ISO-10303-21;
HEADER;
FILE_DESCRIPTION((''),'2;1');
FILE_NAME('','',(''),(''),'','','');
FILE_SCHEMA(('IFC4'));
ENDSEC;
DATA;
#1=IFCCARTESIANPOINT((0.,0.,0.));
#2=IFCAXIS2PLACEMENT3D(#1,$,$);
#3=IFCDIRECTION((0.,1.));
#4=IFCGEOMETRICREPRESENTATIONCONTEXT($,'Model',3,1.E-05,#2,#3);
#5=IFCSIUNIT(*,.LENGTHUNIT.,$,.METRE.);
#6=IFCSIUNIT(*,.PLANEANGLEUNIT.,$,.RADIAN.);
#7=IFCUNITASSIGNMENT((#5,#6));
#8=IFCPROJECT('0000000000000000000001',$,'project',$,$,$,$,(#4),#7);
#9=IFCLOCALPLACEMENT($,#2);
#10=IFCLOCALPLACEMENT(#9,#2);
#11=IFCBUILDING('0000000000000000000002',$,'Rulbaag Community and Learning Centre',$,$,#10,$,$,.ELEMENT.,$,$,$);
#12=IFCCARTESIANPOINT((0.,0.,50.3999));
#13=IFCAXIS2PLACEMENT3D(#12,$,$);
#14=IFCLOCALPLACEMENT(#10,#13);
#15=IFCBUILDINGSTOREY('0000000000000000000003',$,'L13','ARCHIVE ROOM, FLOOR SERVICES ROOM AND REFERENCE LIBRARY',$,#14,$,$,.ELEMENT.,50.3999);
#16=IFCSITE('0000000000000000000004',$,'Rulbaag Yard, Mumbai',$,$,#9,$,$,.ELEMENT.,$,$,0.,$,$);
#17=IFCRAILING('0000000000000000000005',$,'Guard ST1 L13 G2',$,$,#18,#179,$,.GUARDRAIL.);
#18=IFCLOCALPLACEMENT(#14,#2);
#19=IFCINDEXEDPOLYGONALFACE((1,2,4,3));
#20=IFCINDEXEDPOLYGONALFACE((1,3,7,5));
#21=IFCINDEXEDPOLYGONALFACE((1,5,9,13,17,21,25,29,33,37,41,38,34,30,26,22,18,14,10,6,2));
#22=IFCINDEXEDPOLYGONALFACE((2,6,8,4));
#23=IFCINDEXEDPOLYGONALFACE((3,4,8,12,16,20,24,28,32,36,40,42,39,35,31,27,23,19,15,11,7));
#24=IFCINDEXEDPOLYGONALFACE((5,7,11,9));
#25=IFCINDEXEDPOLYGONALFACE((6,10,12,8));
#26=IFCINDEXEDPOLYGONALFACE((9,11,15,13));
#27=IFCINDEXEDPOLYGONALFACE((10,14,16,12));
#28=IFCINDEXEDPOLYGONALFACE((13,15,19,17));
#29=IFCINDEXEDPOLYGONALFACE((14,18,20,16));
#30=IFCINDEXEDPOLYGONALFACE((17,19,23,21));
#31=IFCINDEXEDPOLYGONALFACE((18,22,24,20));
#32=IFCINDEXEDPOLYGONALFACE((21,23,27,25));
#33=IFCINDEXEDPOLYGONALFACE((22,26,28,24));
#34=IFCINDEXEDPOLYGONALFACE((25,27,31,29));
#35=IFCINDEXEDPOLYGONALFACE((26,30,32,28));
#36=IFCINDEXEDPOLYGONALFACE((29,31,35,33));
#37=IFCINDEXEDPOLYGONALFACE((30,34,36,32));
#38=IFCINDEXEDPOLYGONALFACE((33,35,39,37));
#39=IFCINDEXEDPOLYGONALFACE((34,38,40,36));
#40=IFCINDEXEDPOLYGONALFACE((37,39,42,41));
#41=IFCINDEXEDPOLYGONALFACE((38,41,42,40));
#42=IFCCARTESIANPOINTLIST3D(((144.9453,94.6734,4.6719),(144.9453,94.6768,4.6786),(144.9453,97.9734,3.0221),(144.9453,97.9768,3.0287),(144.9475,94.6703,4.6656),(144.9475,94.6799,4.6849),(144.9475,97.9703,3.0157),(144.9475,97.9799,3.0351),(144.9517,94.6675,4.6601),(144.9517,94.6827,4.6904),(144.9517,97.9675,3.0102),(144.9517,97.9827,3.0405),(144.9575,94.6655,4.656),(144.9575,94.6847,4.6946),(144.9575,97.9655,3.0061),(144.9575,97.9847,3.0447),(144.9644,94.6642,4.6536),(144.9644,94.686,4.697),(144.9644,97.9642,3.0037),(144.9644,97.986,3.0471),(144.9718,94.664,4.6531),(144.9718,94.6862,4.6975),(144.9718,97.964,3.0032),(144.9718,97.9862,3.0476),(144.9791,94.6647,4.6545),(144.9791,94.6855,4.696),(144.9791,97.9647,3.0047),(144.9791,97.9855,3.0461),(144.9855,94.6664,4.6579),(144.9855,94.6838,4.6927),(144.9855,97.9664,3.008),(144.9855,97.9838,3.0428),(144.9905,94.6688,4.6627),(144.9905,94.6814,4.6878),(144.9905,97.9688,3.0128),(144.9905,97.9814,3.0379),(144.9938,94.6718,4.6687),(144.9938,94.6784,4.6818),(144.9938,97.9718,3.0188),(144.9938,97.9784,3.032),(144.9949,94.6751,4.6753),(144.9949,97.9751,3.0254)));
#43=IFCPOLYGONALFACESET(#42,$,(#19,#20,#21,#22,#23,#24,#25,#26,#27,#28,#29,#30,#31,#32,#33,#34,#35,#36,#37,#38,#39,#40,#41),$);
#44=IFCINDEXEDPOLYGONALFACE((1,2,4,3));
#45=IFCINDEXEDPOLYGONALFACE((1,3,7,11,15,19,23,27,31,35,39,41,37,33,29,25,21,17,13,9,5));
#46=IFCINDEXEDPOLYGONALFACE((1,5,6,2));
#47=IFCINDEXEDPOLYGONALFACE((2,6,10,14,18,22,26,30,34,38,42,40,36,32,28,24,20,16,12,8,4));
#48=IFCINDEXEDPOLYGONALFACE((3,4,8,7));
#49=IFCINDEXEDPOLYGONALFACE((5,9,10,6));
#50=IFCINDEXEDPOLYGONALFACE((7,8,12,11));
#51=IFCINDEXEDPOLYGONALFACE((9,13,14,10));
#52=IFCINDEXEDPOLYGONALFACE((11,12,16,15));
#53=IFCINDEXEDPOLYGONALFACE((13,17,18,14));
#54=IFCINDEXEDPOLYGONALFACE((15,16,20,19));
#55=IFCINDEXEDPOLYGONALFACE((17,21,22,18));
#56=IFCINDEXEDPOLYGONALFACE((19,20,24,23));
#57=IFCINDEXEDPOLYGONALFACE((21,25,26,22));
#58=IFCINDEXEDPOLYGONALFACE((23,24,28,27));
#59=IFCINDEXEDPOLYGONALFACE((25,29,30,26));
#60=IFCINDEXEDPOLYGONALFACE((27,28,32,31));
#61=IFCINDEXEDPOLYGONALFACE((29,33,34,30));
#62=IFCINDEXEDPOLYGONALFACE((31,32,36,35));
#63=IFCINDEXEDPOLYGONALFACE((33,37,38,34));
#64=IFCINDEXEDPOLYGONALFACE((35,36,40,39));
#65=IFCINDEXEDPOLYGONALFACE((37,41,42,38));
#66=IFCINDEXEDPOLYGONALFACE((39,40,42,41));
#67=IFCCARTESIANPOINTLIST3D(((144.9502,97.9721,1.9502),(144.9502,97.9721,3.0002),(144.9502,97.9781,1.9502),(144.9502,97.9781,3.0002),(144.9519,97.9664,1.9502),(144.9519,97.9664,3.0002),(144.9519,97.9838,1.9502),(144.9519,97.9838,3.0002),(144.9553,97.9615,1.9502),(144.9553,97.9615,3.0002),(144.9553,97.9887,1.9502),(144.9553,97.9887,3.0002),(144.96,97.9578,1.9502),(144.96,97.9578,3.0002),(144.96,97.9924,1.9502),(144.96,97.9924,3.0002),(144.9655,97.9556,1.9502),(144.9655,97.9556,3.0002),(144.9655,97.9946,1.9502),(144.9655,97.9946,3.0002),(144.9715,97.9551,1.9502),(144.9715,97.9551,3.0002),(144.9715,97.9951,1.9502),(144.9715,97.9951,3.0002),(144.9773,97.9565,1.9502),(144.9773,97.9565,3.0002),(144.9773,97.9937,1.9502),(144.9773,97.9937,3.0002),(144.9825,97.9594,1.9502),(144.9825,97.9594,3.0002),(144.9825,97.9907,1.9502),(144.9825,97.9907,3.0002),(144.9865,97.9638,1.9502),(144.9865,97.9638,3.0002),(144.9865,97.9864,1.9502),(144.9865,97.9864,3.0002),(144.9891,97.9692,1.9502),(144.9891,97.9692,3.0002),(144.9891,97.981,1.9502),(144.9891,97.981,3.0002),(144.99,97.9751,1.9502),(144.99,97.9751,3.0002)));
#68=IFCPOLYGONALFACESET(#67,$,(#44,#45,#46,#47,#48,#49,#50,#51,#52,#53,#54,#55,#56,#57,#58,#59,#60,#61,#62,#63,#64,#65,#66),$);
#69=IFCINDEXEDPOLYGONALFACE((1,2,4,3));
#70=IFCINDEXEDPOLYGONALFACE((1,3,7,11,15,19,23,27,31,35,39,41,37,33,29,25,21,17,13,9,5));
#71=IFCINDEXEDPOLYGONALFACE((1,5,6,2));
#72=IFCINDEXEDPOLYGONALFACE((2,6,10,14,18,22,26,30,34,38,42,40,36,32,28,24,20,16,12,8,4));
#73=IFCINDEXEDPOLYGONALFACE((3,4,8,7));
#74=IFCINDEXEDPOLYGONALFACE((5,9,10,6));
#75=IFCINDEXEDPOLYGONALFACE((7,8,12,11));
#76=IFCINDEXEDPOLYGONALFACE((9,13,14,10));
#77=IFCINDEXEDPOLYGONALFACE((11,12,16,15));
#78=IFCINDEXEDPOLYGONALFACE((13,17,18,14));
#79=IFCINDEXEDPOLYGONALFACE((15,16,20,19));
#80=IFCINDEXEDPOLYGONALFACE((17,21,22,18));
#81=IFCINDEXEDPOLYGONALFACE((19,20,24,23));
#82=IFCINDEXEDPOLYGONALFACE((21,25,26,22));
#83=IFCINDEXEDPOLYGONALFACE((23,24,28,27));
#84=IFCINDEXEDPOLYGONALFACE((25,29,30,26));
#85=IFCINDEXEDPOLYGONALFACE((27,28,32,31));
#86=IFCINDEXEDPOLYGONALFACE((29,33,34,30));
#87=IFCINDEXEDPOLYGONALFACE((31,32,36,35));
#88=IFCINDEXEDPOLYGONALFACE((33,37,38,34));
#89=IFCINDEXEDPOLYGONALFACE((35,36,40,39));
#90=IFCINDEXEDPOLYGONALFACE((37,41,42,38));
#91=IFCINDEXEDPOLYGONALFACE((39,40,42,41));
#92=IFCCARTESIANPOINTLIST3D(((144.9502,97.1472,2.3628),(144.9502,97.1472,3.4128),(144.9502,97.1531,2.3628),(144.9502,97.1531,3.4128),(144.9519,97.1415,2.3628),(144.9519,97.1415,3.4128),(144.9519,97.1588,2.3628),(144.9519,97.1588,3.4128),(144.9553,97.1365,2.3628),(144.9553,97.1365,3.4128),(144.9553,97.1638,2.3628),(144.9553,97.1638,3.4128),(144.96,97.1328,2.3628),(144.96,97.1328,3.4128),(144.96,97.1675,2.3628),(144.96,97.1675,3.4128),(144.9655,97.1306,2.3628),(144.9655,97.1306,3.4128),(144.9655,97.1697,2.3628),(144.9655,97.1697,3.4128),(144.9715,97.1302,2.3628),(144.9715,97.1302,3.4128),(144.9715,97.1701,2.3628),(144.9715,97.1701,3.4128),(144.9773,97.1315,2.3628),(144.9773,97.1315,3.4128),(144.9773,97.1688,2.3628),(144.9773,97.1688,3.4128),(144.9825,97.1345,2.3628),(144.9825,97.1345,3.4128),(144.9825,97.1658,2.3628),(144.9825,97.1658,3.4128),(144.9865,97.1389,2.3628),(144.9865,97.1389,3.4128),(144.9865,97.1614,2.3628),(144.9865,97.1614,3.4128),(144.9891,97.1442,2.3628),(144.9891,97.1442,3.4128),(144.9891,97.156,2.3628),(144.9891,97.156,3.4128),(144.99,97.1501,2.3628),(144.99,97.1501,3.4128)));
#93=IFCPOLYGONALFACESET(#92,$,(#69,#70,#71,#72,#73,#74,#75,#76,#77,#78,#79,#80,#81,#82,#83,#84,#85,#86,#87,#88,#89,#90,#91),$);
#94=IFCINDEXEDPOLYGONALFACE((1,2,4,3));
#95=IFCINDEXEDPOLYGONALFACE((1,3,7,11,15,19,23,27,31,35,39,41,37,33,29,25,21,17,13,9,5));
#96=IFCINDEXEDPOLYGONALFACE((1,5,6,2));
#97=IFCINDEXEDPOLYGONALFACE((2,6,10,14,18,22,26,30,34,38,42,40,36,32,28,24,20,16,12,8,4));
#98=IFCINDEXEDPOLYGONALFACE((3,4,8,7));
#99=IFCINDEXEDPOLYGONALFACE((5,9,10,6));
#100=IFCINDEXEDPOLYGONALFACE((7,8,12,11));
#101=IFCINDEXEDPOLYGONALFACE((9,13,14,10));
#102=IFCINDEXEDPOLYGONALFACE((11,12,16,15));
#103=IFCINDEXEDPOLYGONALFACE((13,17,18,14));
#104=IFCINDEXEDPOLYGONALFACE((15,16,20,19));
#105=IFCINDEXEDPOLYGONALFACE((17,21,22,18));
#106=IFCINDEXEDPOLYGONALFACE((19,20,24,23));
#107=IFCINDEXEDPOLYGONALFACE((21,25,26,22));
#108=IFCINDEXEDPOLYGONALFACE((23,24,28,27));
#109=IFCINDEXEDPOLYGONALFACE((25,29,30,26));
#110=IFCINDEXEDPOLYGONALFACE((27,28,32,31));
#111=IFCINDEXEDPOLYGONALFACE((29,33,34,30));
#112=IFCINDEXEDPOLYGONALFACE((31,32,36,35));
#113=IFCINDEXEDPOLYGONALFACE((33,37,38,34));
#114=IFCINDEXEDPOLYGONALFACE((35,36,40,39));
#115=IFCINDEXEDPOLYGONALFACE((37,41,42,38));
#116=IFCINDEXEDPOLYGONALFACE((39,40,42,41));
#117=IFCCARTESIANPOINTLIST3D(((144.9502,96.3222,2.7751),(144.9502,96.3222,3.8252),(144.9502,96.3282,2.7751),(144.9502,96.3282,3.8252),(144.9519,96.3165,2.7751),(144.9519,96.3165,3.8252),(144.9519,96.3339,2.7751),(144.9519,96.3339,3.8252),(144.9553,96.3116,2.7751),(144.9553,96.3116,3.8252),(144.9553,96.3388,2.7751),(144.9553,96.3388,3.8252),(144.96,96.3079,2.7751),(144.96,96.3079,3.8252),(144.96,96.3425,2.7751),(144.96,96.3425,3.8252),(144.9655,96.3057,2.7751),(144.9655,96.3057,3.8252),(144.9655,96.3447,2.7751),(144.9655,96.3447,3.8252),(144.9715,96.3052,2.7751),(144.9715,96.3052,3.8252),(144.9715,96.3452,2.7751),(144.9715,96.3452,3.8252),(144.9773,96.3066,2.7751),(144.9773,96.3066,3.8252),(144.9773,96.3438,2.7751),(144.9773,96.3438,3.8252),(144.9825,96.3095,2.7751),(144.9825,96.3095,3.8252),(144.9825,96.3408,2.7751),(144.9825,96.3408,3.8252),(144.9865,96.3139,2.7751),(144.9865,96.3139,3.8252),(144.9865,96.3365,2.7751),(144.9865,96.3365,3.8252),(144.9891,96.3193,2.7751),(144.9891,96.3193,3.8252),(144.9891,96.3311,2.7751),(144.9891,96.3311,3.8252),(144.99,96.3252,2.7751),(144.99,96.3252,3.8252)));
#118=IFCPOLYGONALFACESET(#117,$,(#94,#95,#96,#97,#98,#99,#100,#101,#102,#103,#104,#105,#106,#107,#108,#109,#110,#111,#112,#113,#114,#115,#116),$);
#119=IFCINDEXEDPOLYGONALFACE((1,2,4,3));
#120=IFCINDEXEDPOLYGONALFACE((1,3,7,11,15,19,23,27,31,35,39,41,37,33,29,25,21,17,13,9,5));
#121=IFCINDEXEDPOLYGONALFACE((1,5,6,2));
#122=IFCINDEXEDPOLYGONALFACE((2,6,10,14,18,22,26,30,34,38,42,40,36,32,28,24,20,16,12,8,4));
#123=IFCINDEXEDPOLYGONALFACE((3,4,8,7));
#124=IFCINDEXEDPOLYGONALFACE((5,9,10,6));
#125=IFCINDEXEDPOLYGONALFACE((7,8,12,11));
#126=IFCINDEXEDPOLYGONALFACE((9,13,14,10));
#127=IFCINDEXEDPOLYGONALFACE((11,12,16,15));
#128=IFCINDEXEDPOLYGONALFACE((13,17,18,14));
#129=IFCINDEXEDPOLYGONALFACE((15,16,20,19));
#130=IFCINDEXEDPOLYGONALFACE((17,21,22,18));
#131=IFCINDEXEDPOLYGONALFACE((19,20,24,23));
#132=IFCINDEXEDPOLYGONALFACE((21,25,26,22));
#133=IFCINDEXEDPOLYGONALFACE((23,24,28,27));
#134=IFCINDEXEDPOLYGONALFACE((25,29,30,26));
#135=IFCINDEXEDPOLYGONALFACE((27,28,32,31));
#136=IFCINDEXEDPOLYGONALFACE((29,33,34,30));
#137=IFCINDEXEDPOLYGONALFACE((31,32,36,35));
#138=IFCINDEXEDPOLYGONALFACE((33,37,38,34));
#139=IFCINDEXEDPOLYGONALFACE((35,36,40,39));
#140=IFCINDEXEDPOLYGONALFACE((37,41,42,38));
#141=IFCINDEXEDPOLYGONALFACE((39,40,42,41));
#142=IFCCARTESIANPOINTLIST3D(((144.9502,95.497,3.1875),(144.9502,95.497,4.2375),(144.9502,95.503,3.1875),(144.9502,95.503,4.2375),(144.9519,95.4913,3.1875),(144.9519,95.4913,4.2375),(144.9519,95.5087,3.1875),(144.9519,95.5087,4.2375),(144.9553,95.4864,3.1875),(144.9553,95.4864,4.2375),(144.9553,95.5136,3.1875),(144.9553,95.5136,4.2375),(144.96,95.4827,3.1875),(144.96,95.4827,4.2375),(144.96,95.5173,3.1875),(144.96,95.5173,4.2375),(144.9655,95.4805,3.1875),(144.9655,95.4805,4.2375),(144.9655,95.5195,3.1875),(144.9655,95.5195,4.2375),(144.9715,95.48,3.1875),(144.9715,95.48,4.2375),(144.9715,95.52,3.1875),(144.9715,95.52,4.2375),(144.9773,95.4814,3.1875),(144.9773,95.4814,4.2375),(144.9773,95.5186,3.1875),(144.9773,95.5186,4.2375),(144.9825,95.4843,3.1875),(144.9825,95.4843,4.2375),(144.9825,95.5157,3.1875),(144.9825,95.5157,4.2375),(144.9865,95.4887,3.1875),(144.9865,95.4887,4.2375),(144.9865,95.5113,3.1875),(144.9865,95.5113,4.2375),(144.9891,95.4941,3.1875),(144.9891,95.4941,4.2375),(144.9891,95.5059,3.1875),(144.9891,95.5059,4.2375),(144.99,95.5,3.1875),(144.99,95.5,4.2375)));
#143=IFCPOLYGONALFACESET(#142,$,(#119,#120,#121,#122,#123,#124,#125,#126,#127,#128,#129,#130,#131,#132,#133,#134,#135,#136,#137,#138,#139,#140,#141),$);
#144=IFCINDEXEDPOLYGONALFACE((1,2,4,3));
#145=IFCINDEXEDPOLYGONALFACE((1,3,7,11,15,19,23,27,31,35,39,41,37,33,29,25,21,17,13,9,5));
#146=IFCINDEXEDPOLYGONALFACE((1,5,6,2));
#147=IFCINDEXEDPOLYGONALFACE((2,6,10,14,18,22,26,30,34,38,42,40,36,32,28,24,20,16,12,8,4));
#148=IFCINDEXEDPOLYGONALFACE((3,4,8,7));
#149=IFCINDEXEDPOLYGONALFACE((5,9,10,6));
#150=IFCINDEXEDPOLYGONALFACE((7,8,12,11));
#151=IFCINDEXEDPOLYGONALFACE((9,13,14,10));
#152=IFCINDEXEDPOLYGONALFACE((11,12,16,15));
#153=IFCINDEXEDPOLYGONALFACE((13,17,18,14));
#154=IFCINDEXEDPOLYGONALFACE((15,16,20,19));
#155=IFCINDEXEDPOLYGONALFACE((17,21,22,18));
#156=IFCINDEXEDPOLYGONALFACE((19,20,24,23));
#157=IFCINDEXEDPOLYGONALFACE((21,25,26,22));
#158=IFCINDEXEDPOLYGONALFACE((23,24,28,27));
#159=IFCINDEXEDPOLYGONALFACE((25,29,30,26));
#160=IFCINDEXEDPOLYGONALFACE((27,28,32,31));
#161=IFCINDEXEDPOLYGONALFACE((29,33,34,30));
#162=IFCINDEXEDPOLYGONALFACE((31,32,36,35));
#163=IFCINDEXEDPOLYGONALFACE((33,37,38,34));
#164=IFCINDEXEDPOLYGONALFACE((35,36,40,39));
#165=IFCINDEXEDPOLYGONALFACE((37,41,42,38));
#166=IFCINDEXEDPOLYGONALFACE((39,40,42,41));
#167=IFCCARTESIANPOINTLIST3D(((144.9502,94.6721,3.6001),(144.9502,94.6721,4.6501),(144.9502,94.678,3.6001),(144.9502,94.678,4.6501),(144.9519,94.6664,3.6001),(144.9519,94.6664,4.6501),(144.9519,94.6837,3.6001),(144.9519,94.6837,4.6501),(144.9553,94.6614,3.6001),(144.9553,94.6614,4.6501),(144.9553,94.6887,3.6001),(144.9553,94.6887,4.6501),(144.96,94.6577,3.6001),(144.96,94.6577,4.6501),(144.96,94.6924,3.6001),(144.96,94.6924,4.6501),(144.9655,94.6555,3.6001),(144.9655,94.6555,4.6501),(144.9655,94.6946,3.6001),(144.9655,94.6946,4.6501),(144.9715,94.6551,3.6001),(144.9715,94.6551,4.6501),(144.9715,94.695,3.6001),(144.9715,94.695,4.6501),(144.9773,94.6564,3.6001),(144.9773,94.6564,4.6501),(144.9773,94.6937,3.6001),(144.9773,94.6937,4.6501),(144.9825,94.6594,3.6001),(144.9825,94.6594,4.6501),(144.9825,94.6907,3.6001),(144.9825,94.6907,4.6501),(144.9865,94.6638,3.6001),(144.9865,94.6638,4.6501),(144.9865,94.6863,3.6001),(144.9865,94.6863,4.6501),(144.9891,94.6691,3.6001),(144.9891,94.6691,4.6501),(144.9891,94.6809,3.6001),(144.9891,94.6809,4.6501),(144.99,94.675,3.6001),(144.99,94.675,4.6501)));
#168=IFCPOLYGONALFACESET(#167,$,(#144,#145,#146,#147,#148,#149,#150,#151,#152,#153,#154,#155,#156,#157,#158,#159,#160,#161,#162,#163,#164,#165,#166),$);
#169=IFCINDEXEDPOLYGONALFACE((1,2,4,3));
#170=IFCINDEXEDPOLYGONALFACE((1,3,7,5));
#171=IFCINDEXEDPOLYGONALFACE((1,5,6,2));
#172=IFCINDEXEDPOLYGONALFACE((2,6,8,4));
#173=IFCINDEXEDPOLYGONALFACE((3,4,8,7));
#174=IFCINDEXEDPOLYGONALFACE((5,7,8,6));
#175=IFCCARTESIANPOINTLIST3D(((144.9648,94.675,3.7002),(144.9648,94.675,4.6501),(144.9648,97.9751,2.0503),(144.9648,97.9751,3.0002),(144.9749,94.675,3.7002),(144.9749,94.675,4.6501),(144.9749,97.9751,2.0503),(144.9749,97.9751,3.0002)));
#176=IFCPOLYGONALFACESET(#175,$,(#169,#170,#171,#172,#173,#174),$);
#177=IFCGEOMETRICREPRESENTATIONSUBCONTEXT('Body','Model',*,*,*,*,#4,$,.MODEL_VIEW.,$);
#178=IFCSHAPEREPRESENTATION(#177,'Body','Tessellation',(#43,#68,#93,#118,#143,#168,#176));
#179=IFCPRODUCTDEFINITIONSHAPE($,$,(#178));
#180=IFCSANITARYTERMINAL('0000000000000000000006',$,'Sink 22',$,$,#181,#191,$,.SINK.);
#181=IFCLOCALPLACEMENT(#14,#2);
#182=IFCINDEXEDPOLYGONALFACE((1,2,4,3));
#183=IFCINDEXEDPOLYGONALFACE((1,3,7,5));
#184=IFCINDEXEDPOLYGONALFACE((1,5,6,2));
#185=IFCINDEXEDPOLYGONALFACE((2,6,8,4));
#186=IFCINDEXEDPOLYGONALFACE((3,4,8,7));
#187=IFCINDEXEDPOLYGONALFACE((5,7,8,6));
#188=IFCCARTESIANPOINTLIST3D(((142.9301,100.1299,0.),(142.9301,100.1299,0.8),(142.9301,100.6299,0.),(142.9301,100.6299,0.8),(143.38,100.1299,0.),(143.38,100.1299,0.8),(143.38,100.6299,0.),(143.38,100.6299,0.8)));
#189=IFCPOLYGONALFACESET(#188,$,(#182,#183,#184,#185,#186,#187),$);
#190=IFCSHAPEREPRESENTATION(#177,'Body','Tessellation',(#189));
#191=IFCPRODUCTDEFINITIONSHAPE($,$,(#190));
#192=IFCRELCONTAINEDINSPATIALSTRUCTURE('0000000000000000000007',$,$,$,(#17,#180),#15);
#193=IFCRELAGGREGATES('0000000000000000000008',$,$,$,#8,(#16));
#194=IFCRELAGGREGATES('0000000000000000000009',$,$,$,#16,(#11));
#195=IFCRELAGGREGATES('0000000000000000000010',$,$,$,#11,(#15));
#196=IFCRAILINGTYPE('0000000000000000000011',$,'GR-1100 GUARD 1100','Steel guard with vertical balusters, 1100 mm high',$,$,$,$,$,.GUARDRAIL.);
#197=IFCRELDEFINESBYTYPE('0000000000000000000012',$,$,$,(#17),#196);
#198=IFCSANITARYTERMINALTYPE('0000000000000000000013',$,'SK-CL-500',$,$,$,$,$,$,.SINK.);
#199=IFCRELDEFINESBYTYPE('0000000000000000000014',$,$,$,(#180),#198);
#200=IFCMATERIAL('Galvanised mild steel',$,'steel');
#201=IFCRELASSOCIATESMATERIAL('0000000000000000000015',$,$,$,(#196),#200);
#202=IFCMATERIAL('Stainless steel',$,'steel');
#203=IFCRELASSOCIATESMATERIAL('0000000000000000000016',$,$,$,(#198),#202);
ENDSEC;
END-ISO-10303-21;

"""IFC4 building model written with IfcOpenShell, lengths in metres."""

from ifc_helpers import new_model, si_unit, direction, frame, origin, origin_2d, place, context, subcontext, project, spatial, polyline, rectangle, circle, outline, extrude, material, type_object, element, save


model = new_model("IFC4")

# Units and contexts
model_context = context("Model", 3, precision=1e-05, world=origin(), true_north=direction((0.0, 1.0)))
body_context = subcontext(model_context, "Body", "Model", "MODEL_VIEW")
ifc_project = project(units=[si_unit("LENGTHUNIT", "METRE"), si_unit("PLANEANGLEUNIT", "RADIAN")], contexts=[model_context])

# Site, building, storey
site_placement = place(None, origin())
site = spatial("IfcSite", under=ifc_project, at=site_placement, Name="Rulbaag Yard, Mumbai", CompositionType="ELEMENT", RefElevation=0.0)
building_placement = place(site_placement, origin())
building = spatial("IfcBuilding", under=site, at=building_placement, Name="Rulbaag Community and Learning Centre", CompositionType="ELEMENT")
storey_placement = place(building_placement, frame((0.0, 0.0, 50.3999)))
storey = spatial("IfcBuildingStorey", under=building, at=storey_placement, Name="L13", Description="ARCHIVE ROOM, FLOOR SERVICES ROOM AND REFERENCE LIBRARY", CompositionType="ELEMENT", Elevation=50.3999)

# Railing
ifc_material_1 = material(Name="Galvanised mild steel", Category="steel")
railing_type_1 = type_object("IfcRailingType", Name="GR-1100 GUARD 1100", Description="Steel guard with vertical balusters, 1100 mm high", PredefinedType="GUARDRAIL", material=ifc_material_1)
railing_1_placement = place(storey_placement, frame((144.97, 97.9751, 1.9502)))
element("IfcRailing", 1, at=railing_1_placement, inside=storey, type_object=railing_type_1, Name="Guard ST1 L13 G2", PredefinedType="GUARDRAIL", context=body_context, shape_type="SweptSolid", body=[
    extrude(circle(Radius=0.0249, at=origin_2d()), frame((0.0, 0.0, 1.0752), z_axis=(0.0, -0.89444, 0.447187), x_axis=(1.0, 0.0, 0.0)), (0.0, 0.0, 1.0), 3.6895),
    extrude(circle(Radius=0.02, at=origin_2d()), origin(), (0.0, 0.0, 1.0), 1.05),
    extrude(circle(Radius=0.02, at=origin_2d()), frame((0.0, -0.825, 0.4126)), (0.0, 0.0, 1.0), 1.05),
    extrude(circle(Radius=0.02, at=origin_2d()), frame((0.0, -1.6499, 0.825)), (0.0, 0.0, 1.0), 1.05),
    extrude(circle(Radius=0.02, at=origin_2d()), frame((0.0, -2.4751, 1.2373)), (0.0, 0.0, 1.0), 1.05),
    extrude(circle(Radius=0.02, at=origin_2d()), frame((0.0, -3.3, 1.6499)), (0.0, 0.0, 1.0), 1.05),
    extrude(outline(polyline([(0.0, 0.0), (3.3, 1.6499), (3.3, 2.5999), (0.0, 0.95), (0.0, 0.0)])), frame((0.0049, 0.0, 0.1001), z_axis=(-1.0, 0.0, 0.0), x_axis=(0.0, -1.0, 0.0)), (0.0, 0.0, 1.0), 0.01),
])

# Sanitary terminal
ifc_material_2 = material(Name="Stainless steel", Category="steel")
sanitary_terminal_type = type_object("IfcSanitaryTerminalType", Name="SK-CL-500", PredefinedType="SINK", material=ifc_material_2)
sanitary_terminal_placement = place(storey_placement, frame((143.155, 100.3799, 0.0), z_axis=(0.0, 0.0, 1.0), x_axis=(1.0, 0.0, 0.0)))
element("IfcSanitaryTerminal", 2, at=sanitary_terminal_placement, inside=storey, type_object=sanitary_terminal_type, Name="Sink 22", PredefinedType="SINK", context=body_context, shape_type="SweptSolid", body=[
    extrude(rectangle(XDim=0.45, YDim=0.5, at=origin_2d()), origin(), (0.0, 0.0, 1.0), 0.8),
])

save(model, "model.ifc")
